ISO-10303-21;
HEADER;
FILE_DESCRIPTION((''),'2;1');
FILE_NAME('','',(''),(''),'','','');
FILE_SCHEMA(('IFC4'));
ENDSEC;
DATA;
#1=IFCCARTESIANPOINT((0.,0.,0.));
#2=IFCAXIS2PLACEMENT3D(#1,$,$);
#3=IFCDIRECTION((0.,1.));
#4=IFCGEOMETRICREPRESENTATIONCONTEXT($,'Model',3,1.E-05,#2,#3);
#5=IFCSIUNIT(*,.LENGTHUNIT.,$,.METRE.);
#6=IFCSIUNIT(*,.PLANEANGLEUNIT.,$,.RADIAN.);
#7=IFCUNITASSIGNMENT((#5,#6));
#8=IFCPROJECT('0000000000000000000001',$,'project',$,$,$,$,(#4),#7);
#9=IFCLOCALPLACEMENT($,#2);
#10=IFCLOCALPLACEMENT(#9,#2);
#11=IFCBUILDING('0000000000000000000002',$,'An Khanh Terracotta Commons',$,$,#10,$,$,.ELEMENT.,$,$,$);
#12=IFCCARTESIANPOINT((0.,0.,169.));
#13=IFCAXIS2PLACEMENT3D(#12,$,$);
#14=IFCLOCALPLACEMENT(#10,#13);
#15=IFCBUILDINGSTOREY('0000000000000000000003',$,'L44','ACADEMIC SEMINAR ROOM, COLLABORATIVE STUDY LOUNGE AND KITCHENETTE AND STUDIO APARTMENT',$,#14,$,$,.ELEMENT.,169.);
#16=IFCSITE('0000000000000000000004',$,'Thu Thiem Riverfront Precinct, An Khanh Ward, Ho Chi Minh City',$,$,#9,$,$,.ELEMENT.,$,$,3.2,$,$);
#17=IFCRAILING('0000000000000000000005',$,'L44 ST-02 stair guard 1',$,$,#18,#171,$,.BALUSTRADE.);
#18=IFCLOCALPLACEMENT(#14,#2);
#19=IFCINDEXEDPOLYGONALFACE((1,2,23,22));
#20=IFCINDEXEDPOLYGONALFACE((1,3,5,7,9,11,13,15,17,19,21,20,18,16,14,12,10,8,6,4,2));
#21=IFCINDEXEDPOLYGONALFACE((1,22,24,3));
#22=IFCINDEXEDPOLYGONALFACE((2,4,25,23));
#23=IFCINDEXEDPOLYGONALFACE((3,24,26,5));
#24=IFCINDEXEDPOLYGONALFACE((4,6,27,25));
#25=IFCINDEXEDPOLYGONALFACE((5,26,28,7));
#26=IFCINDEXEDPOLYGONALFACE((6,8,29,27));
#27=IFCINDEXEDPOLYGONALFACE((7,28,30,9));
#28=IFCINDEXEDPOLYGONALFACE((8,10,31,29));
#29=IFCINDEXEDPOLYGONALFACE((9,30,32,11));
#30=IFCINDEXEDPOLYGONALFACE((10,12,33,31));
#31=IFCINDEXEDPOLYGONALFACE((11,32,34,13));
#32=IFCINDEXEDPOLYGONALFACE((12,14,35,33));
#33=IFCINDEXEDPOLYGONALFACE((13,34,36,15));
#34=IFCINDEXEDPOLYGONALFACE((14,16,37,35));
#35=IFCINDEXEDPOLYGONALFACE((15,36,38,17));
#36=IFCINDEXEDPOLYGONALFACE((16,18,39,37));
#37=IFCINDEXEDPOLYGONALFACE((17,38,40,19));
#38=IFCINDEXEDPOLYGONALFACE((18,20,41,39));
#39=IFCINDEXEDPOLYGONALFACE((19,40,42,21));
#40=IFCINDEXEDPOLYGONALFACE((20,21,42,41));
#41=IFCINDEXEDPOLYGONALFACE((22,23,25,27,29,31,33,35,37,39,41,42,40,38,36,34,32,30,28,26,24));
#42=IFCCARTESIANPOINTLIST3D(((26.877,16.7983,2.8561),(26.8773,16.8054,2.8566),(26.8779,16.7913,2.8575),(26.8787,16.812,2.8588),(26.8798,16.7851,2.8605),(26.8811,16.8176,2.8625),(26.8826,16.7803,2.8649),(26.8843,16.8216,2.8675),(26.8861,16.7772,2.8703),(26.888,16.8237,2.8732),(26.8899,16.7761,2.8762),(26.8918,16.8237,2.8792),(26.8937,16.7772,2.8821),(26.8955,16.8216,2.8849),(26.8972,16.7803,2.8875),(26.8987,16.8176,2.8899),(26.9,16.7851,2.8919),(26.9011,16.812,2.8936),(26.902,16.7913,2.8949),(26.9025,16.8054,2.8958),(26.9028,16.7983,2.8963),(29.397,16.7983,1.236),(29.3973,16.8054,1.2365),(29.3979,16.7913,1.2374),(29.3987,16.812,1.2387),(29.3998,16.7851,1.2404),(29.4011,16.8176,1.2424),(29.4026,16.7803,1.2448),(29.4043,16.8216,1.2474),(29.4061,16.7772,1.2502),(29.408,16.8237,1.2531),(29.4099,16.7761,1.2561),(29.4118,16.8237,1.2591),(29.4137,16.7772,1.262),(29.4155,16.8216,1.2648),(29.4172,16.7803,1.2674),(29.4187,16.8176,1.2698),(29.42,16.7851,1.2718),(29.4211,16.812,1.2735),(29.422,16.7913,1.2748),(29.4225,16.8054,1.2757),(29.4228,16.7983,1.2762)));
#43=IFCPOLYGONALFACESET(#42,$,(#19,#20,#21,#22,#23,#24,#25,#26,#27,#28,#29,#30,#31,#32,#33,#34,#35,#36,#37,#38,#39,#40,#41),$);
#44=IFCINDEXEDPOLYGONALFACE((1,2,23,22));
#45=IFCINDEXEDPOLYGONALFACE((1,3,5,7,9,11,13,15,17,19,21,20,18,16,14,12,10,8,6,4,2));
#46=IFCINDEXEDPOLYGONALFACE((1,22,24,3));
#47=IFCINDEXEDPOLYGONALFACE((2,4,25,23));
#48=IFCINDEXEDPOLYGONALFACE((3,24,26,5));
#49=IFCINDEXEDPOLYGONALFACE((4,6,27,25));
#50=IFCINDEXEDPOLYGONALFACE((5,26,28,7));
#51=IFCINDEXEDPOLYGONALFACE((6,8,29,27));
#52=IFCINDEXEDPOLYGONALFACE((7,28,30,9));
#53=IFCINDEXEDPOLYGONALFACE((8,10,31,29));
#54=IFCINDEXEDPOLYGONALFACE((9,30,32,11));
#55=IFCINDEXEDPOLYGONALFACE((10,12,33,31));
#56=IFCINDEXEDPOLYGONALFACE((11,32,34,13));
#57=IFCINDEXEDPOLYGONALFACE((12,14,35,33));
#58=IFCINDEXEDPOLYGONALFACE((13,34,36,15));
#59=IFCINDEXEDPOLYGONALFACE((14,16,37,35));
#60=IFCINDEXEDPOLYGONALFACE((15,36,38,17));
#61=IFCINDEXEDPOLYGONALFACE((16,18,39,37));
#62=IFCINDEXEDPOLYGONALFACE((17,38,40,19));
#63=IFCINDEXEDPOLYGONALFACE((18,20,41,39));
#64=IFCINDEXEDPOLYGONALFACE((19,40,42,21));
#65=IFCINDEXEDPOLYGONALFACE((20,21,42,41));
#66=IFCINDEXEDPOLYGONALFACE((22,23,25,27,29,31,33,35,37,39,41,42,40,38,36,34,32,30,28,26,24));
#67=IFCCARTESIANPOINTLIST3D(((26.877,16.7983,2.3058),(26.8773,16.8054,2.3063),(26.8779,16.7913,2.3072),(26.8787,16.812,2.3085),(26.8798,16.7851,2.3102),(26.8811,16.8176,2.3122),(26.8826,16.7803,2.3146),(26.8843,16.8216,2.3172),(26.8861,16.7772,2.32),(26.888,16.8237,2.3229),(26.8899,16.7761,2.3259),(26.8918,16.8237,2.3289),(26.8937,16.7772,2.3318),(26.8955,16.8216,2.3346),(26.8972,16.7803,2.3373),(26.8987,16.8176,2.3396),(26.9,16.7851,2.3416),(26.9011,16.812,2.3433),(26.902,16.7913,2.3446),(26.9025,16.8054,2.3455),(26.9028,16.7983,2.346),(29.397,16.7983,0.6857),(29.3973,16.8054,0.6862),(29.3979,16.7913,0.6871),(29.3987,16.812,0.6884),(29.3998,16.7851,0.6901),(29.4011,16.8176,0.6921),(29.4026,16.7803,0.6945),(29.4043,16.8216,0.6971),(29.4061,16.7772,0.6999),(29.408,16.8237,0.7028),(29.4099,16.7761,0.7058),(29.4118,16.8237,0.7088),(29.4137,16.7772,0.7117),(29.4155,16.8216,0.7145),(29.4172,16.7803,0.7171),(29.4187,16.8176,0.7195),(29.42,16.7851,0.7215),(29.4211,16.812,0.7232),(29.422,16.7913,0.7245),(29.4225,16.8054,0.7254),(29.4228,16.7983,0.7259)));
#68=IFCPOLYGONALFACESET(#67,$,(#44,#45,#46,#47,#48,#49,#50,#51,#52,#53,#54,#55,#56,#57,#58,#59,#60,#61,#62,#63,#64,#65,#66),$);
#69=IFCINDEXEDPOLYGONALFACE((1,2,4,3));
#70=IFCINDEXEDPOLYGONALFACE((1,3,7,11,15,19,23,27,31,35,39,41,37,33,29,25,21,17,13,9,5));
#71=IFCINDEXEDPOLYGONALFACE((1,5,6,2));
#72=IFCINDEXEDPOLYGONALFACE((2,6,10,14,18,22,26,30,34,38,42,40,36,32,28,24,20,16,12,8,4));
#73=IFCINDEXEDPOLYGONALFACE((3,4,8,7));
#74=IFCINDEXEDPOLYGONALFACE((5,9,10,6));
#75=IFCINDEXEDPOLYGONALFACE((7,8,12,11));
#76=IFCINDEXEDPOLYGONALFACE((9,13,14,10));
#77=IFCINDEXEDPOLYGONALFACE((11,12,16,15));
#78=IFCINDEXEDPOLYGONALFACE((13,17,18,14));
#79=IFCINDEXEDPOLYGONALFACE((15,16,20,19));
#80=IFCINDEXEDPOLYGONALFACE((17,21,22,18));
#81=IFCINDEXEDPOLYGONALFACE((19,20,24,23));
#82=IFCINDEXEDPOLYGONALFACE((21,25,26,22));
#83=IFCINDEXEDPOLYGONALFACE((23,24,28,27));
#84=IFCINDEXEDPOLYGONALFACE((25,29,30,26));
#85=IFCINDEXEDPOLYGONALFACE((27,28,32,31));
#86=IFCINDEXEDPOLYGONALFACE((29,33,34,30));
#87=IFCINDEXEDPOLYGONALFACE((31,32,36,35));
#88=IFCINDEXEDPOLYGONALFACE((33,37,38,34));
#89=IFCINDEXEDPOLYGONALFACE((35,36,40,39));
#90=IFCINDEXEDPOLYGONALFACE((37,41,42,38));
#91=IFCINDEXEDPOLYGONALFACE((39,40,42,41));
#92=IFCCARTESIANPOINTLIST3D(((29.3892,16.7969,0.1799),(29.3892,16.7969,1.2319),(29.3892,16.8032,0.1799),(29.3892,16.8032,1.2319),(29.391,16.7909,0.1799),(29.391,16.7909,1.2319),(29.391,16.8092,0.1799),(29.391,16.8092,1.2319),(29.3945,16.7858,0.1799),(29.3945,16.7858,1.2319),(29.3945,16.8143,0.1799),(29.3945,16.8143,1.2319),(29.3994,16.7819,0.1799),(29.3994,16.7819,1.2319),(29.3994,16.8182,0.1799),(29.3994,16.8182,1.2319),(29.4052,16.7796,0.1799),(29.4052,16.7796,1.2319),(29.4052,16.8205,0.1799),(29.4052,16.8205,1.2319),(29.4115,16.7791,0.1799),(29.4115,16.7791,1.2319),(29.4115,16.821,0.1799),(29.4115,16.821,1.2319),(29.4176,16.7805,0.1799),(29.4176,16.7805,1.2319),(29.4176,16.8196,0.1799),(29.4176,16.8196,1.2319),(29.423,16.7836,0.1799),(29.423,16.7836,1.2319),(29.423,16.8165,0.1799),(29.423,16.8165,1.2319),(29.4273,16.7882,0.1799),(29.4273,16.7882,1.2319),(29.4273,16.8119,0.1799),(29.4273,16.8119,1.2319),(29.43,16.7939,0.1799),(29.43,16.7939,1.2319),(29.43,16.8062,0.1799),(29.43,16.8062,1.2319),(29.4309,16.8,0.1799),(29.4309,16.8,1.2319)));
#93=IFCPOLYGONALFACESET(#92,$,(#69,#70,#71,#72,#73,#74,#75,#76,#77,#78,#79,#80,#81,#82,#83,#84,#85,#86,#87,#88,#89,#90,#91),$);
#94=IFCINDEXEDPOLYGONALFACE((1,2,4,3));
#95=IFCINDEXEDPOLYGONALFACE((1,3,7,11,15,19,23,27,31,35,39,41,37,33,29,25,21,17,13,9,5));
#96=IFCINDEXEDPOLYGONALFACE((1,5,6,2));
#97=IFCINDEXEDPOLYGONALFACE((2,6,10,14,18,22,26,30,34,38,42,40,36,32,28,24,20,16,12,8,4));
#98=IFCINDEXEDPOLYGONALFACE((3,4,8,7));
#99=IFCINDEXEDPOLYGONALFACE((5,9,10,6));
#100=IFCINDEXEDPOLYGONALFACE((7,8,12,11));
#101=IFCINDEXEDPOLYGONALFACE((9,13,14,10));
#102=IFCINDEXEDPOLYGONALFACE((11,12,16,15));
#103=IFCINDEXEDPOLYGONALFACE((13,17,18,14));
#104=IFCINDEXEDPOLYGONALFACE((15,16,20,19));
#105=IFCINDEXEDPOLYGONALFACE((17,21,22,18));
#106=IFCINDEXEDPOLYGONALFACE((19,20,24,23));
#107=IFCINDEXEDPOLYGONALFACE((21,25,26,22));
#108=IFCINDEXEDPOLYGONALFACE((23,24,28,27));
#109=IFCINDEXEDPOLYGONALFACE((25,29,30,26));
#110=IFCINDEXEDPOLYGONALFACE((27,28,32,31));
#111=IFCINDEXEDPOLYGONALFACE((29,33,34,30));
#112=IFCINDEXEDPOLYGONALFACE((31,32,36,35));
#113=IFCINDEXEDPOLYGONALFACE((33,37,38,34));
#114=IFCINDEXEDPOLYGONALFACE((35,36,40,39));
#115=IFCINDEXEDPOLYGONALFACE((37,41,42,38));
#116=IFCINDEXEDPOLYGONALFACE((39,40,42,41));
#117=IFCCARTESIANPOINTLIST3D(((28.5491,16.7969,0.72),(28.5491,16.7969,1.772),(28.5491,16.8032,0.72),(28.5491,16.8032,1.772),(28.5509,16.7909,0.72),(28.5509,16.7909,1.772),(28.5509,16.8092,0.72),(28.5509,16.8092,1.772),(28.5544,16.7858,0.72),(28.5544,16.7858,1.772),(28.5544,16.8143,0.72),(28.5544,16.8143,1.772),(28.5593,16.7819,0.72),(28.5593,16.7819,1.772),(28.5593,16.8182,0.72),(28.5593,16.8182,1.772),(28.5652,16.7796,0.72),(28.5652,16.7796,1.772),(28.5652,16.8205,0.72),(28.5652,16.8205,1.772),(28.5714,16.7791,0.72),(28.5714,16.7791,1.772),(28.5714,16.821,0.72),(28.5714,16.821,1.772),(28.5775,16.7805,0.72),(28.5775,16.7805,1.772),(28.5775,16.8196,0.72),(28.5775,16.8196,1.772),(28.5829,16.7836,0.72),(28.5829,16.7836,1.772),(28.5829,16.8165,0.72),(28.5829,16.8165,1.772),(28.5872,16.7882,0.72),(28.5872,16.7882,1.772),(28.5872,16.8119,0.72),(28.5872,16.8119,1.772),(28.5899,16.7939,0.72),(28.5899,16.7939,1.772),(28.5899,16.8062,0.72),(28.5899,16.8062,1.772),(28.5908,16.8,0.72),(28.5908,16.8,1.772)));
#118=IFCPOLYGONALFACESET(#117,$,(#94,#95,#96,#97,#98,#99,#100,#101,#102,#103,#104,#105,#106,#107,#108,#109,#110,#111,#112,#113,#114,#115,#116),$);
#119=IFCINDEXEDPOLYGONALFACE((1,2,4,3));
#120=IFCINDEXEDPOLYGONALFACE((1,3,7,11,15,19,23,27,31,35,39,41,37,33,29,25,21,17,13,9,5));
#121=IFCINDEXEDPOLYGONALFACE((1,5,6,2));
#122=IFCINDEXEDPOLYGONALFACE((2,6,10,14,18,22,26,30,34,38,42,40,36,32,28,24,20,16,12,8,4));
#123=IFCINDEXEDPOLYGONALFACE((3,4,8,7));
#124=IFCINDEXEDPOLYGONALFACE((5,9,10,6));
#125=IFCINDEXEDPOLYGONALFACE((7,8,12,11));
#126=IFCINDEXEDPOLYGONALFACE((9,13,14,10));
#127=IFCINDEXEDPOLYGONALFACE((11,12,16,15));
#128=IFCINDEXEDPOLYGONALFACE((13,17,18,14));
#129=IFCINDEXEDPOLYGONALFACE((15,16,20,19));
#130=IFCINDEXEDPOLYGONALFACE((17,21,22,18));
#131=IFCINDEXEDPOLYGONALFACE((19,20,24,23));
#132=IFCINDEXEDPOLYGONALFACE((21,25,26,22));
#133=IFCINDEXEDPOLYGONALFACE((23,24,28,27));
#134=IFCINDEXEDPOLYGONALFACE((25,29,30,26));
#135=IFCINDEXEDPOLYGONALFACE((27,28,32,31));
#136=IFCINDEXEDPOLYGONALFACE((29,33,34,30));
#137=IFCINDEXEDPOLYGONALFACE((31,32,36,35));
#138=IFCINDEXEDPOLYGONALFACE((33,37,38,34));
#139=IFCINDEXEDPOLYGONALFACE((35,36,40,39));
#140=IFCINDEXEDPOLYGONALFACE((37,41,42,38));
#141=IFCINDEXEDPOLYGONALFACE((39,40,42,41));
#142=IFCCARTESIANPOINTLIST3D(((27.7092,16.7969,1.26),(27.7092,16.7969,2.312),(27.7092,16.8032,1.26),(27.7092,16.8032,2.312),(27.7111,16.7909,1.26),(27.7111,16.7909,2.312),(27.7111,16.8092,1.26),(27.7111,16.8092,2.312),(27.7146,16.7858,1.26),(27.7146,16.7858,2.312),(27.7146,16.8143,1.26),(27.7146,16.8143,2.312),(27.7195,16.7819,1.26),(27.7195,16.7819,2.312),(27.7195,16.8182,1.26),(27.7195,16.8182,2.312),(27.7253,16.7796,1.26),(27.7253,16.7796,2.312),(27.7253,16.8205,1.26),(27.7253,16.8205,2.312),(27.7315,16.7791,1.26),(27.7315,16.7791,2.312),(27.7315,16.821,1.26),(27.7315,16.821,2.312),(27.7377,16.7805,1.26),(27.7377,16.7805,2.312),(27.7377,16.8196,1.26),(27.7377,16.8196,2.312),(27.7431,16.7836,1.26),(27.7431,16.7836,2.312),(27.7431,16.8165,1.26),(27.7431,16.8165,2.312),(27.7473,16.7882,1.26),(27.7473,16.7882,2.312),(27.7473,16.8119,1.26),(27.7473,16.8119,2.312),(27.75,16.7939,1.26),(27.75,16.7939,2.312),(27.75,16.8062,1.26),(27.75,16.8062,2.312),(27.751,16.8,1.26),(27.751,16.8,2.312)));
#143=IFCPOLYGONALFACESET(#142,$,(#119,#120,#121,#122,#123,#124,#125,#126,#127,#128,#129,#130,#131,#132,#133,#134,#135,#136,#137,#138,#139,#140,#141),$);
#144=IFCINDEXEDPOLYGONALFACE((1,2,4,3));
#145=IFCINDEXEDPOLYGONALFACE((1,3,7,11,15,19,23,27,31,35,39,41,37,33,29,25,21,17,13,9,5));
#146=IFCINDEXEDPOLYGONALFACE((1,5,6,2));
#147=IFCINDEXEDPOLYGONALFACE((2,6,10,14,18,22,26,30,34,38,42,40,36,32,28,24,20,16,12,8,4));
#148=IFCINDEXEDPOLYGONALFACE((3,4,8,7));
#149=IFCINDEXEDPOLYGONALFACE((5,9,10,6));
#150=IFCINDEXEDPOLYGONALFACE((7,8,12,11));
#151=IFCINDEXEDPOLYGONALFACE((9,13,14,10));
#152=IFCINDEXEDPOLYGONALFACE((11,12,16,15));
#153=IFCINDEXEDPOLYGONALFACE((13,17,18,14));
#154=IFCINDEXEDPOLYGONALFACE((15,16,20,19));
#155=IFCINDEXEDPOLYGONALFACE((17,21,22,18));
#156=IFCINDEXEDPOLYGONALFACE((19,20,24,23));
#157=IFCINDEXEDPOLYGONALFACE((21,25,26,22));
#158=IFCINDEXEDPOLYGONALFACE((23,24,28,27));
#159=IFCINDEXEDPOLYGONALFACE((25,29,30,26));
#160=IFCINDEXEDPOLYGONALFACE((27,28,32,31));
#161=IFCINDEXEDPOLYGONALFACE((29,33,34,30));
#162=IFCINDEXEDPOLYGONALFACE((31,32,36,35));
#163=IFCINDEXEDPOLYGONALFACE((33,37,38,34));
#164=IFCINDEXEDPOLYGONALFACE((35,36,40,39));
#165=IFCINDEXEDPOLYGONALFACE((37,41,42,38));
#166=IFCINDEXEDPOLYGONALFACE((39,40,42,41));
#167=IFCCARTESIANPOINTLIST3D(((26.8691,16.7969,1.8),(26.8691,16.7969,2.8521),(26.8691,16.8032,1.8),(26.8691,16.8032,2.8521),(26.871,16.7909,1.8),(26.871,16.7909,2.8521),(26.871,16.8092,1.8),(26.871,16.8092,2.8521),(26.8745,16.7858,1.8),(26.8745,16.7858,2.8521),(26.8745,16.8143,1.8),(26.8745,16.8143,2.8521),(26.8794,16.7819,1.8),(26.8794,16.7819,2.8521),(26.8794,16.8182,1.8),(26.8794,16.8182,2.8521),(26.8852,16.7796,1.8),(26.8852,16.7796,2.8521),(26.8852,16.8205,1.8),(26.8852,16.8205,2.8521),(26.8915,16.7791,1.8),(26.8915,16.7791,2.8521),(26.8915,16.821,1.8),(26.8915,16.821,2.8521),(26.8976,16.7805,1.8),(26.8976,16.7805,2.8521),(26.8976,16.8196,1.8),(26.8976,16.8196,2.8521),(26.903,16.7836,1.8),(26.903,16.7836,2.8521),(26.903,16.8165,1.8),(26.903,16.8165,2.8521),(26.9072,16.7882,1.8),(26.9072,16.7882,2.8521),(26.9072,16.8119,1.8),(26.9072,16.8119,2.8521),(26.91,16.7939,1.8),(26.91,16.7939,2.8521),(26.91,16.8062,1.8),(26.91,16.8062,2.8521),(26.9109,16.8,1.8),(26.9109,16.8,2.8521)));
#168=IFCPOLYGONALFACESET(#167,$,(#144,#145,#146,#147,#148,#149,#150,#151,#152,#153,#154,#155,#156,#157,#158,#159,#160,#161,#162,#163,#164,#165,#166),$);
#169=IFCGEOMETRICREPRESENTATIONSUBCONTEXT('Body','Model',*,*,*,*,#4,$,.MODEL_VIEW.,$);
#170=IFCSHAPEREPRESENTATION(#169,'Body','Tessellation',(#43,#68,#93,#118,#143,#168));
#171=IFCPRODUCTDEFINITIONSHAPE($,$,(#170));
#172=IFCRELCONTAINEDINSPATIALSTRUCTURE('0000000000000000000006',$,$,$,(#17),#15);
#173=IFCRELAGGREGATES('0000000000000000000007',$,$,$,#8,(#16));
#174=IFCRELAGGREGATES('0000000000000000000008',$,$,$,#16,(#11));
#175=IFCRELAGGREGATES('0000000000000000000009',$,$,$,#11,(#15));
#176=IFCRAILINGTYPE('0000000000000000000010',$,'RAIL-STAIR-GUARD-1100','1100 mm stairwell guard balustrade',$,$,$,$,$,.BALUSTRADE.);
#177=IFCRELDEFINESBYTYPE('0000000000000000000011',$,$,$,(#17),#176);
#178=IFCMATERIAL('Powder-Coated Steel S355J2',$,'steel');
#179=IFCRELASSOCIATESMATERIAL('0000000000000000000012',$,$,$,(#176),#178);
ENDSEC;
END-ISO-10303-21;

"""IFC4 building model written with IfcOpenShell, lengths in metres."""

from ifc_helpers import new_model, si_unit, direction, frame, origin, origin_2d, place, context, subcontext, project, spatial, circle, extrude, material, type_object, element, save


model = new_model("IFC4")

# Units and contexts
model_context = context("Model", 3, precision=1e-05, world=origin(), true_north=direction((0.0, 1.0)))
body_context = subcontext(model_context, "Body", "Model", "MODEL_VIEW")
ifc_project = project(units=[si_unit("LENGTHUNIT", "METRE"), si_unit("PLANEANGLEUNIT", "RADIAN")], contexts=[model_context])

# Site, building, storey
site_placement = place(None, origin())
site = spatial("IfcSite", under=ifc_project, at=site_placement, Name="Thu Thiem Riverfront Precinct, An Khanh Ward, Ho Chi Minh City", CompositionType="ELEMENT", RefElevation=3.2)
building_placement = place(site_placement, origin())
building = spatial("IfcBuilding", under=site, at=building_placement, Name="An Khanh Terracotta Commons", CompositionType="ELEMENT")
storey_placement = place(building_placement, frame((0.0, 0.0, 169.0)))
storey = spatial("IfcBuildingStorey", under=building, at=storey_placement, Name="L44", Description="ACADEMIC SEMINAR ROOM, COLLABORATIVE STUDY LOUNGE AND KITCHENETTE AND STUDIO APARTMENT", CompositionType="ELEMENT", Elevation=169.0)

# Railing
ifc_material_1 = material(Name="Powder-Coated Steel S355J2", Category="steel")
railing_type_1 = type_object("IfcRailingType", Name="RAIL-STAIR-GUARD-1100", Description="1100 mm stairwell guard balustrade", PredefinedType="BALUSTRADE", material=ifc_material_1)
railing_1_placement = place(storey_placement, frame((29.4099, 16.8, 0.1799)))
element("IfcRailing", 1, at=railing_1_placement, inside=storey, type_object=railing_type_1, Name="L44 ST-02 stair guard 1", PredefinedType="BALUSTRADE", context=body_context, shape_type="SweptSolid", body=[
    extrude(circle(Radius=0.0239, at=origin_2d()), frame((0.0, 0.0, 1.0762), z_axis=(-0.841163, 0.0, 0.540782), x_axis=(0.0, -1.0, 0.0)), (0.0, 0.0, 1.0), 2.9958),
    extrude(circle(Radius=0.0239, at=origin_2d()), frame((0.0, 0.0, 0.5259), z_axis=(-0.841163, 0.0, 0.540782), x_axis=(0.0, -1.0, 0.0)), (0.0, 0.0, 1.0), 2.9958),
    extrude(circle(Radius=0.021, at=origin_2d()), origin(), (0.0, 0.0, 1.0), 1.052),
    extrude(circle(Radius=0.021, at=origin_2d()), frame((-0.8401, 0.0, 0.54)), (0.0, 0.0, 1.0), 1.052),
    extrude(circle(Radius=0.021, at=origin_2d()), frame((-1.6799, 0.0, 1.0801)), (0.0, 0.0, 1.0), 1.052),
    extrude(circle(Radius=0.021, at=origin_2d()), frame((-2.52, 0.0, 1.6201)), (0.0, 0.0, 1.0), 1.052),
])

save(model, "model.ifc")
